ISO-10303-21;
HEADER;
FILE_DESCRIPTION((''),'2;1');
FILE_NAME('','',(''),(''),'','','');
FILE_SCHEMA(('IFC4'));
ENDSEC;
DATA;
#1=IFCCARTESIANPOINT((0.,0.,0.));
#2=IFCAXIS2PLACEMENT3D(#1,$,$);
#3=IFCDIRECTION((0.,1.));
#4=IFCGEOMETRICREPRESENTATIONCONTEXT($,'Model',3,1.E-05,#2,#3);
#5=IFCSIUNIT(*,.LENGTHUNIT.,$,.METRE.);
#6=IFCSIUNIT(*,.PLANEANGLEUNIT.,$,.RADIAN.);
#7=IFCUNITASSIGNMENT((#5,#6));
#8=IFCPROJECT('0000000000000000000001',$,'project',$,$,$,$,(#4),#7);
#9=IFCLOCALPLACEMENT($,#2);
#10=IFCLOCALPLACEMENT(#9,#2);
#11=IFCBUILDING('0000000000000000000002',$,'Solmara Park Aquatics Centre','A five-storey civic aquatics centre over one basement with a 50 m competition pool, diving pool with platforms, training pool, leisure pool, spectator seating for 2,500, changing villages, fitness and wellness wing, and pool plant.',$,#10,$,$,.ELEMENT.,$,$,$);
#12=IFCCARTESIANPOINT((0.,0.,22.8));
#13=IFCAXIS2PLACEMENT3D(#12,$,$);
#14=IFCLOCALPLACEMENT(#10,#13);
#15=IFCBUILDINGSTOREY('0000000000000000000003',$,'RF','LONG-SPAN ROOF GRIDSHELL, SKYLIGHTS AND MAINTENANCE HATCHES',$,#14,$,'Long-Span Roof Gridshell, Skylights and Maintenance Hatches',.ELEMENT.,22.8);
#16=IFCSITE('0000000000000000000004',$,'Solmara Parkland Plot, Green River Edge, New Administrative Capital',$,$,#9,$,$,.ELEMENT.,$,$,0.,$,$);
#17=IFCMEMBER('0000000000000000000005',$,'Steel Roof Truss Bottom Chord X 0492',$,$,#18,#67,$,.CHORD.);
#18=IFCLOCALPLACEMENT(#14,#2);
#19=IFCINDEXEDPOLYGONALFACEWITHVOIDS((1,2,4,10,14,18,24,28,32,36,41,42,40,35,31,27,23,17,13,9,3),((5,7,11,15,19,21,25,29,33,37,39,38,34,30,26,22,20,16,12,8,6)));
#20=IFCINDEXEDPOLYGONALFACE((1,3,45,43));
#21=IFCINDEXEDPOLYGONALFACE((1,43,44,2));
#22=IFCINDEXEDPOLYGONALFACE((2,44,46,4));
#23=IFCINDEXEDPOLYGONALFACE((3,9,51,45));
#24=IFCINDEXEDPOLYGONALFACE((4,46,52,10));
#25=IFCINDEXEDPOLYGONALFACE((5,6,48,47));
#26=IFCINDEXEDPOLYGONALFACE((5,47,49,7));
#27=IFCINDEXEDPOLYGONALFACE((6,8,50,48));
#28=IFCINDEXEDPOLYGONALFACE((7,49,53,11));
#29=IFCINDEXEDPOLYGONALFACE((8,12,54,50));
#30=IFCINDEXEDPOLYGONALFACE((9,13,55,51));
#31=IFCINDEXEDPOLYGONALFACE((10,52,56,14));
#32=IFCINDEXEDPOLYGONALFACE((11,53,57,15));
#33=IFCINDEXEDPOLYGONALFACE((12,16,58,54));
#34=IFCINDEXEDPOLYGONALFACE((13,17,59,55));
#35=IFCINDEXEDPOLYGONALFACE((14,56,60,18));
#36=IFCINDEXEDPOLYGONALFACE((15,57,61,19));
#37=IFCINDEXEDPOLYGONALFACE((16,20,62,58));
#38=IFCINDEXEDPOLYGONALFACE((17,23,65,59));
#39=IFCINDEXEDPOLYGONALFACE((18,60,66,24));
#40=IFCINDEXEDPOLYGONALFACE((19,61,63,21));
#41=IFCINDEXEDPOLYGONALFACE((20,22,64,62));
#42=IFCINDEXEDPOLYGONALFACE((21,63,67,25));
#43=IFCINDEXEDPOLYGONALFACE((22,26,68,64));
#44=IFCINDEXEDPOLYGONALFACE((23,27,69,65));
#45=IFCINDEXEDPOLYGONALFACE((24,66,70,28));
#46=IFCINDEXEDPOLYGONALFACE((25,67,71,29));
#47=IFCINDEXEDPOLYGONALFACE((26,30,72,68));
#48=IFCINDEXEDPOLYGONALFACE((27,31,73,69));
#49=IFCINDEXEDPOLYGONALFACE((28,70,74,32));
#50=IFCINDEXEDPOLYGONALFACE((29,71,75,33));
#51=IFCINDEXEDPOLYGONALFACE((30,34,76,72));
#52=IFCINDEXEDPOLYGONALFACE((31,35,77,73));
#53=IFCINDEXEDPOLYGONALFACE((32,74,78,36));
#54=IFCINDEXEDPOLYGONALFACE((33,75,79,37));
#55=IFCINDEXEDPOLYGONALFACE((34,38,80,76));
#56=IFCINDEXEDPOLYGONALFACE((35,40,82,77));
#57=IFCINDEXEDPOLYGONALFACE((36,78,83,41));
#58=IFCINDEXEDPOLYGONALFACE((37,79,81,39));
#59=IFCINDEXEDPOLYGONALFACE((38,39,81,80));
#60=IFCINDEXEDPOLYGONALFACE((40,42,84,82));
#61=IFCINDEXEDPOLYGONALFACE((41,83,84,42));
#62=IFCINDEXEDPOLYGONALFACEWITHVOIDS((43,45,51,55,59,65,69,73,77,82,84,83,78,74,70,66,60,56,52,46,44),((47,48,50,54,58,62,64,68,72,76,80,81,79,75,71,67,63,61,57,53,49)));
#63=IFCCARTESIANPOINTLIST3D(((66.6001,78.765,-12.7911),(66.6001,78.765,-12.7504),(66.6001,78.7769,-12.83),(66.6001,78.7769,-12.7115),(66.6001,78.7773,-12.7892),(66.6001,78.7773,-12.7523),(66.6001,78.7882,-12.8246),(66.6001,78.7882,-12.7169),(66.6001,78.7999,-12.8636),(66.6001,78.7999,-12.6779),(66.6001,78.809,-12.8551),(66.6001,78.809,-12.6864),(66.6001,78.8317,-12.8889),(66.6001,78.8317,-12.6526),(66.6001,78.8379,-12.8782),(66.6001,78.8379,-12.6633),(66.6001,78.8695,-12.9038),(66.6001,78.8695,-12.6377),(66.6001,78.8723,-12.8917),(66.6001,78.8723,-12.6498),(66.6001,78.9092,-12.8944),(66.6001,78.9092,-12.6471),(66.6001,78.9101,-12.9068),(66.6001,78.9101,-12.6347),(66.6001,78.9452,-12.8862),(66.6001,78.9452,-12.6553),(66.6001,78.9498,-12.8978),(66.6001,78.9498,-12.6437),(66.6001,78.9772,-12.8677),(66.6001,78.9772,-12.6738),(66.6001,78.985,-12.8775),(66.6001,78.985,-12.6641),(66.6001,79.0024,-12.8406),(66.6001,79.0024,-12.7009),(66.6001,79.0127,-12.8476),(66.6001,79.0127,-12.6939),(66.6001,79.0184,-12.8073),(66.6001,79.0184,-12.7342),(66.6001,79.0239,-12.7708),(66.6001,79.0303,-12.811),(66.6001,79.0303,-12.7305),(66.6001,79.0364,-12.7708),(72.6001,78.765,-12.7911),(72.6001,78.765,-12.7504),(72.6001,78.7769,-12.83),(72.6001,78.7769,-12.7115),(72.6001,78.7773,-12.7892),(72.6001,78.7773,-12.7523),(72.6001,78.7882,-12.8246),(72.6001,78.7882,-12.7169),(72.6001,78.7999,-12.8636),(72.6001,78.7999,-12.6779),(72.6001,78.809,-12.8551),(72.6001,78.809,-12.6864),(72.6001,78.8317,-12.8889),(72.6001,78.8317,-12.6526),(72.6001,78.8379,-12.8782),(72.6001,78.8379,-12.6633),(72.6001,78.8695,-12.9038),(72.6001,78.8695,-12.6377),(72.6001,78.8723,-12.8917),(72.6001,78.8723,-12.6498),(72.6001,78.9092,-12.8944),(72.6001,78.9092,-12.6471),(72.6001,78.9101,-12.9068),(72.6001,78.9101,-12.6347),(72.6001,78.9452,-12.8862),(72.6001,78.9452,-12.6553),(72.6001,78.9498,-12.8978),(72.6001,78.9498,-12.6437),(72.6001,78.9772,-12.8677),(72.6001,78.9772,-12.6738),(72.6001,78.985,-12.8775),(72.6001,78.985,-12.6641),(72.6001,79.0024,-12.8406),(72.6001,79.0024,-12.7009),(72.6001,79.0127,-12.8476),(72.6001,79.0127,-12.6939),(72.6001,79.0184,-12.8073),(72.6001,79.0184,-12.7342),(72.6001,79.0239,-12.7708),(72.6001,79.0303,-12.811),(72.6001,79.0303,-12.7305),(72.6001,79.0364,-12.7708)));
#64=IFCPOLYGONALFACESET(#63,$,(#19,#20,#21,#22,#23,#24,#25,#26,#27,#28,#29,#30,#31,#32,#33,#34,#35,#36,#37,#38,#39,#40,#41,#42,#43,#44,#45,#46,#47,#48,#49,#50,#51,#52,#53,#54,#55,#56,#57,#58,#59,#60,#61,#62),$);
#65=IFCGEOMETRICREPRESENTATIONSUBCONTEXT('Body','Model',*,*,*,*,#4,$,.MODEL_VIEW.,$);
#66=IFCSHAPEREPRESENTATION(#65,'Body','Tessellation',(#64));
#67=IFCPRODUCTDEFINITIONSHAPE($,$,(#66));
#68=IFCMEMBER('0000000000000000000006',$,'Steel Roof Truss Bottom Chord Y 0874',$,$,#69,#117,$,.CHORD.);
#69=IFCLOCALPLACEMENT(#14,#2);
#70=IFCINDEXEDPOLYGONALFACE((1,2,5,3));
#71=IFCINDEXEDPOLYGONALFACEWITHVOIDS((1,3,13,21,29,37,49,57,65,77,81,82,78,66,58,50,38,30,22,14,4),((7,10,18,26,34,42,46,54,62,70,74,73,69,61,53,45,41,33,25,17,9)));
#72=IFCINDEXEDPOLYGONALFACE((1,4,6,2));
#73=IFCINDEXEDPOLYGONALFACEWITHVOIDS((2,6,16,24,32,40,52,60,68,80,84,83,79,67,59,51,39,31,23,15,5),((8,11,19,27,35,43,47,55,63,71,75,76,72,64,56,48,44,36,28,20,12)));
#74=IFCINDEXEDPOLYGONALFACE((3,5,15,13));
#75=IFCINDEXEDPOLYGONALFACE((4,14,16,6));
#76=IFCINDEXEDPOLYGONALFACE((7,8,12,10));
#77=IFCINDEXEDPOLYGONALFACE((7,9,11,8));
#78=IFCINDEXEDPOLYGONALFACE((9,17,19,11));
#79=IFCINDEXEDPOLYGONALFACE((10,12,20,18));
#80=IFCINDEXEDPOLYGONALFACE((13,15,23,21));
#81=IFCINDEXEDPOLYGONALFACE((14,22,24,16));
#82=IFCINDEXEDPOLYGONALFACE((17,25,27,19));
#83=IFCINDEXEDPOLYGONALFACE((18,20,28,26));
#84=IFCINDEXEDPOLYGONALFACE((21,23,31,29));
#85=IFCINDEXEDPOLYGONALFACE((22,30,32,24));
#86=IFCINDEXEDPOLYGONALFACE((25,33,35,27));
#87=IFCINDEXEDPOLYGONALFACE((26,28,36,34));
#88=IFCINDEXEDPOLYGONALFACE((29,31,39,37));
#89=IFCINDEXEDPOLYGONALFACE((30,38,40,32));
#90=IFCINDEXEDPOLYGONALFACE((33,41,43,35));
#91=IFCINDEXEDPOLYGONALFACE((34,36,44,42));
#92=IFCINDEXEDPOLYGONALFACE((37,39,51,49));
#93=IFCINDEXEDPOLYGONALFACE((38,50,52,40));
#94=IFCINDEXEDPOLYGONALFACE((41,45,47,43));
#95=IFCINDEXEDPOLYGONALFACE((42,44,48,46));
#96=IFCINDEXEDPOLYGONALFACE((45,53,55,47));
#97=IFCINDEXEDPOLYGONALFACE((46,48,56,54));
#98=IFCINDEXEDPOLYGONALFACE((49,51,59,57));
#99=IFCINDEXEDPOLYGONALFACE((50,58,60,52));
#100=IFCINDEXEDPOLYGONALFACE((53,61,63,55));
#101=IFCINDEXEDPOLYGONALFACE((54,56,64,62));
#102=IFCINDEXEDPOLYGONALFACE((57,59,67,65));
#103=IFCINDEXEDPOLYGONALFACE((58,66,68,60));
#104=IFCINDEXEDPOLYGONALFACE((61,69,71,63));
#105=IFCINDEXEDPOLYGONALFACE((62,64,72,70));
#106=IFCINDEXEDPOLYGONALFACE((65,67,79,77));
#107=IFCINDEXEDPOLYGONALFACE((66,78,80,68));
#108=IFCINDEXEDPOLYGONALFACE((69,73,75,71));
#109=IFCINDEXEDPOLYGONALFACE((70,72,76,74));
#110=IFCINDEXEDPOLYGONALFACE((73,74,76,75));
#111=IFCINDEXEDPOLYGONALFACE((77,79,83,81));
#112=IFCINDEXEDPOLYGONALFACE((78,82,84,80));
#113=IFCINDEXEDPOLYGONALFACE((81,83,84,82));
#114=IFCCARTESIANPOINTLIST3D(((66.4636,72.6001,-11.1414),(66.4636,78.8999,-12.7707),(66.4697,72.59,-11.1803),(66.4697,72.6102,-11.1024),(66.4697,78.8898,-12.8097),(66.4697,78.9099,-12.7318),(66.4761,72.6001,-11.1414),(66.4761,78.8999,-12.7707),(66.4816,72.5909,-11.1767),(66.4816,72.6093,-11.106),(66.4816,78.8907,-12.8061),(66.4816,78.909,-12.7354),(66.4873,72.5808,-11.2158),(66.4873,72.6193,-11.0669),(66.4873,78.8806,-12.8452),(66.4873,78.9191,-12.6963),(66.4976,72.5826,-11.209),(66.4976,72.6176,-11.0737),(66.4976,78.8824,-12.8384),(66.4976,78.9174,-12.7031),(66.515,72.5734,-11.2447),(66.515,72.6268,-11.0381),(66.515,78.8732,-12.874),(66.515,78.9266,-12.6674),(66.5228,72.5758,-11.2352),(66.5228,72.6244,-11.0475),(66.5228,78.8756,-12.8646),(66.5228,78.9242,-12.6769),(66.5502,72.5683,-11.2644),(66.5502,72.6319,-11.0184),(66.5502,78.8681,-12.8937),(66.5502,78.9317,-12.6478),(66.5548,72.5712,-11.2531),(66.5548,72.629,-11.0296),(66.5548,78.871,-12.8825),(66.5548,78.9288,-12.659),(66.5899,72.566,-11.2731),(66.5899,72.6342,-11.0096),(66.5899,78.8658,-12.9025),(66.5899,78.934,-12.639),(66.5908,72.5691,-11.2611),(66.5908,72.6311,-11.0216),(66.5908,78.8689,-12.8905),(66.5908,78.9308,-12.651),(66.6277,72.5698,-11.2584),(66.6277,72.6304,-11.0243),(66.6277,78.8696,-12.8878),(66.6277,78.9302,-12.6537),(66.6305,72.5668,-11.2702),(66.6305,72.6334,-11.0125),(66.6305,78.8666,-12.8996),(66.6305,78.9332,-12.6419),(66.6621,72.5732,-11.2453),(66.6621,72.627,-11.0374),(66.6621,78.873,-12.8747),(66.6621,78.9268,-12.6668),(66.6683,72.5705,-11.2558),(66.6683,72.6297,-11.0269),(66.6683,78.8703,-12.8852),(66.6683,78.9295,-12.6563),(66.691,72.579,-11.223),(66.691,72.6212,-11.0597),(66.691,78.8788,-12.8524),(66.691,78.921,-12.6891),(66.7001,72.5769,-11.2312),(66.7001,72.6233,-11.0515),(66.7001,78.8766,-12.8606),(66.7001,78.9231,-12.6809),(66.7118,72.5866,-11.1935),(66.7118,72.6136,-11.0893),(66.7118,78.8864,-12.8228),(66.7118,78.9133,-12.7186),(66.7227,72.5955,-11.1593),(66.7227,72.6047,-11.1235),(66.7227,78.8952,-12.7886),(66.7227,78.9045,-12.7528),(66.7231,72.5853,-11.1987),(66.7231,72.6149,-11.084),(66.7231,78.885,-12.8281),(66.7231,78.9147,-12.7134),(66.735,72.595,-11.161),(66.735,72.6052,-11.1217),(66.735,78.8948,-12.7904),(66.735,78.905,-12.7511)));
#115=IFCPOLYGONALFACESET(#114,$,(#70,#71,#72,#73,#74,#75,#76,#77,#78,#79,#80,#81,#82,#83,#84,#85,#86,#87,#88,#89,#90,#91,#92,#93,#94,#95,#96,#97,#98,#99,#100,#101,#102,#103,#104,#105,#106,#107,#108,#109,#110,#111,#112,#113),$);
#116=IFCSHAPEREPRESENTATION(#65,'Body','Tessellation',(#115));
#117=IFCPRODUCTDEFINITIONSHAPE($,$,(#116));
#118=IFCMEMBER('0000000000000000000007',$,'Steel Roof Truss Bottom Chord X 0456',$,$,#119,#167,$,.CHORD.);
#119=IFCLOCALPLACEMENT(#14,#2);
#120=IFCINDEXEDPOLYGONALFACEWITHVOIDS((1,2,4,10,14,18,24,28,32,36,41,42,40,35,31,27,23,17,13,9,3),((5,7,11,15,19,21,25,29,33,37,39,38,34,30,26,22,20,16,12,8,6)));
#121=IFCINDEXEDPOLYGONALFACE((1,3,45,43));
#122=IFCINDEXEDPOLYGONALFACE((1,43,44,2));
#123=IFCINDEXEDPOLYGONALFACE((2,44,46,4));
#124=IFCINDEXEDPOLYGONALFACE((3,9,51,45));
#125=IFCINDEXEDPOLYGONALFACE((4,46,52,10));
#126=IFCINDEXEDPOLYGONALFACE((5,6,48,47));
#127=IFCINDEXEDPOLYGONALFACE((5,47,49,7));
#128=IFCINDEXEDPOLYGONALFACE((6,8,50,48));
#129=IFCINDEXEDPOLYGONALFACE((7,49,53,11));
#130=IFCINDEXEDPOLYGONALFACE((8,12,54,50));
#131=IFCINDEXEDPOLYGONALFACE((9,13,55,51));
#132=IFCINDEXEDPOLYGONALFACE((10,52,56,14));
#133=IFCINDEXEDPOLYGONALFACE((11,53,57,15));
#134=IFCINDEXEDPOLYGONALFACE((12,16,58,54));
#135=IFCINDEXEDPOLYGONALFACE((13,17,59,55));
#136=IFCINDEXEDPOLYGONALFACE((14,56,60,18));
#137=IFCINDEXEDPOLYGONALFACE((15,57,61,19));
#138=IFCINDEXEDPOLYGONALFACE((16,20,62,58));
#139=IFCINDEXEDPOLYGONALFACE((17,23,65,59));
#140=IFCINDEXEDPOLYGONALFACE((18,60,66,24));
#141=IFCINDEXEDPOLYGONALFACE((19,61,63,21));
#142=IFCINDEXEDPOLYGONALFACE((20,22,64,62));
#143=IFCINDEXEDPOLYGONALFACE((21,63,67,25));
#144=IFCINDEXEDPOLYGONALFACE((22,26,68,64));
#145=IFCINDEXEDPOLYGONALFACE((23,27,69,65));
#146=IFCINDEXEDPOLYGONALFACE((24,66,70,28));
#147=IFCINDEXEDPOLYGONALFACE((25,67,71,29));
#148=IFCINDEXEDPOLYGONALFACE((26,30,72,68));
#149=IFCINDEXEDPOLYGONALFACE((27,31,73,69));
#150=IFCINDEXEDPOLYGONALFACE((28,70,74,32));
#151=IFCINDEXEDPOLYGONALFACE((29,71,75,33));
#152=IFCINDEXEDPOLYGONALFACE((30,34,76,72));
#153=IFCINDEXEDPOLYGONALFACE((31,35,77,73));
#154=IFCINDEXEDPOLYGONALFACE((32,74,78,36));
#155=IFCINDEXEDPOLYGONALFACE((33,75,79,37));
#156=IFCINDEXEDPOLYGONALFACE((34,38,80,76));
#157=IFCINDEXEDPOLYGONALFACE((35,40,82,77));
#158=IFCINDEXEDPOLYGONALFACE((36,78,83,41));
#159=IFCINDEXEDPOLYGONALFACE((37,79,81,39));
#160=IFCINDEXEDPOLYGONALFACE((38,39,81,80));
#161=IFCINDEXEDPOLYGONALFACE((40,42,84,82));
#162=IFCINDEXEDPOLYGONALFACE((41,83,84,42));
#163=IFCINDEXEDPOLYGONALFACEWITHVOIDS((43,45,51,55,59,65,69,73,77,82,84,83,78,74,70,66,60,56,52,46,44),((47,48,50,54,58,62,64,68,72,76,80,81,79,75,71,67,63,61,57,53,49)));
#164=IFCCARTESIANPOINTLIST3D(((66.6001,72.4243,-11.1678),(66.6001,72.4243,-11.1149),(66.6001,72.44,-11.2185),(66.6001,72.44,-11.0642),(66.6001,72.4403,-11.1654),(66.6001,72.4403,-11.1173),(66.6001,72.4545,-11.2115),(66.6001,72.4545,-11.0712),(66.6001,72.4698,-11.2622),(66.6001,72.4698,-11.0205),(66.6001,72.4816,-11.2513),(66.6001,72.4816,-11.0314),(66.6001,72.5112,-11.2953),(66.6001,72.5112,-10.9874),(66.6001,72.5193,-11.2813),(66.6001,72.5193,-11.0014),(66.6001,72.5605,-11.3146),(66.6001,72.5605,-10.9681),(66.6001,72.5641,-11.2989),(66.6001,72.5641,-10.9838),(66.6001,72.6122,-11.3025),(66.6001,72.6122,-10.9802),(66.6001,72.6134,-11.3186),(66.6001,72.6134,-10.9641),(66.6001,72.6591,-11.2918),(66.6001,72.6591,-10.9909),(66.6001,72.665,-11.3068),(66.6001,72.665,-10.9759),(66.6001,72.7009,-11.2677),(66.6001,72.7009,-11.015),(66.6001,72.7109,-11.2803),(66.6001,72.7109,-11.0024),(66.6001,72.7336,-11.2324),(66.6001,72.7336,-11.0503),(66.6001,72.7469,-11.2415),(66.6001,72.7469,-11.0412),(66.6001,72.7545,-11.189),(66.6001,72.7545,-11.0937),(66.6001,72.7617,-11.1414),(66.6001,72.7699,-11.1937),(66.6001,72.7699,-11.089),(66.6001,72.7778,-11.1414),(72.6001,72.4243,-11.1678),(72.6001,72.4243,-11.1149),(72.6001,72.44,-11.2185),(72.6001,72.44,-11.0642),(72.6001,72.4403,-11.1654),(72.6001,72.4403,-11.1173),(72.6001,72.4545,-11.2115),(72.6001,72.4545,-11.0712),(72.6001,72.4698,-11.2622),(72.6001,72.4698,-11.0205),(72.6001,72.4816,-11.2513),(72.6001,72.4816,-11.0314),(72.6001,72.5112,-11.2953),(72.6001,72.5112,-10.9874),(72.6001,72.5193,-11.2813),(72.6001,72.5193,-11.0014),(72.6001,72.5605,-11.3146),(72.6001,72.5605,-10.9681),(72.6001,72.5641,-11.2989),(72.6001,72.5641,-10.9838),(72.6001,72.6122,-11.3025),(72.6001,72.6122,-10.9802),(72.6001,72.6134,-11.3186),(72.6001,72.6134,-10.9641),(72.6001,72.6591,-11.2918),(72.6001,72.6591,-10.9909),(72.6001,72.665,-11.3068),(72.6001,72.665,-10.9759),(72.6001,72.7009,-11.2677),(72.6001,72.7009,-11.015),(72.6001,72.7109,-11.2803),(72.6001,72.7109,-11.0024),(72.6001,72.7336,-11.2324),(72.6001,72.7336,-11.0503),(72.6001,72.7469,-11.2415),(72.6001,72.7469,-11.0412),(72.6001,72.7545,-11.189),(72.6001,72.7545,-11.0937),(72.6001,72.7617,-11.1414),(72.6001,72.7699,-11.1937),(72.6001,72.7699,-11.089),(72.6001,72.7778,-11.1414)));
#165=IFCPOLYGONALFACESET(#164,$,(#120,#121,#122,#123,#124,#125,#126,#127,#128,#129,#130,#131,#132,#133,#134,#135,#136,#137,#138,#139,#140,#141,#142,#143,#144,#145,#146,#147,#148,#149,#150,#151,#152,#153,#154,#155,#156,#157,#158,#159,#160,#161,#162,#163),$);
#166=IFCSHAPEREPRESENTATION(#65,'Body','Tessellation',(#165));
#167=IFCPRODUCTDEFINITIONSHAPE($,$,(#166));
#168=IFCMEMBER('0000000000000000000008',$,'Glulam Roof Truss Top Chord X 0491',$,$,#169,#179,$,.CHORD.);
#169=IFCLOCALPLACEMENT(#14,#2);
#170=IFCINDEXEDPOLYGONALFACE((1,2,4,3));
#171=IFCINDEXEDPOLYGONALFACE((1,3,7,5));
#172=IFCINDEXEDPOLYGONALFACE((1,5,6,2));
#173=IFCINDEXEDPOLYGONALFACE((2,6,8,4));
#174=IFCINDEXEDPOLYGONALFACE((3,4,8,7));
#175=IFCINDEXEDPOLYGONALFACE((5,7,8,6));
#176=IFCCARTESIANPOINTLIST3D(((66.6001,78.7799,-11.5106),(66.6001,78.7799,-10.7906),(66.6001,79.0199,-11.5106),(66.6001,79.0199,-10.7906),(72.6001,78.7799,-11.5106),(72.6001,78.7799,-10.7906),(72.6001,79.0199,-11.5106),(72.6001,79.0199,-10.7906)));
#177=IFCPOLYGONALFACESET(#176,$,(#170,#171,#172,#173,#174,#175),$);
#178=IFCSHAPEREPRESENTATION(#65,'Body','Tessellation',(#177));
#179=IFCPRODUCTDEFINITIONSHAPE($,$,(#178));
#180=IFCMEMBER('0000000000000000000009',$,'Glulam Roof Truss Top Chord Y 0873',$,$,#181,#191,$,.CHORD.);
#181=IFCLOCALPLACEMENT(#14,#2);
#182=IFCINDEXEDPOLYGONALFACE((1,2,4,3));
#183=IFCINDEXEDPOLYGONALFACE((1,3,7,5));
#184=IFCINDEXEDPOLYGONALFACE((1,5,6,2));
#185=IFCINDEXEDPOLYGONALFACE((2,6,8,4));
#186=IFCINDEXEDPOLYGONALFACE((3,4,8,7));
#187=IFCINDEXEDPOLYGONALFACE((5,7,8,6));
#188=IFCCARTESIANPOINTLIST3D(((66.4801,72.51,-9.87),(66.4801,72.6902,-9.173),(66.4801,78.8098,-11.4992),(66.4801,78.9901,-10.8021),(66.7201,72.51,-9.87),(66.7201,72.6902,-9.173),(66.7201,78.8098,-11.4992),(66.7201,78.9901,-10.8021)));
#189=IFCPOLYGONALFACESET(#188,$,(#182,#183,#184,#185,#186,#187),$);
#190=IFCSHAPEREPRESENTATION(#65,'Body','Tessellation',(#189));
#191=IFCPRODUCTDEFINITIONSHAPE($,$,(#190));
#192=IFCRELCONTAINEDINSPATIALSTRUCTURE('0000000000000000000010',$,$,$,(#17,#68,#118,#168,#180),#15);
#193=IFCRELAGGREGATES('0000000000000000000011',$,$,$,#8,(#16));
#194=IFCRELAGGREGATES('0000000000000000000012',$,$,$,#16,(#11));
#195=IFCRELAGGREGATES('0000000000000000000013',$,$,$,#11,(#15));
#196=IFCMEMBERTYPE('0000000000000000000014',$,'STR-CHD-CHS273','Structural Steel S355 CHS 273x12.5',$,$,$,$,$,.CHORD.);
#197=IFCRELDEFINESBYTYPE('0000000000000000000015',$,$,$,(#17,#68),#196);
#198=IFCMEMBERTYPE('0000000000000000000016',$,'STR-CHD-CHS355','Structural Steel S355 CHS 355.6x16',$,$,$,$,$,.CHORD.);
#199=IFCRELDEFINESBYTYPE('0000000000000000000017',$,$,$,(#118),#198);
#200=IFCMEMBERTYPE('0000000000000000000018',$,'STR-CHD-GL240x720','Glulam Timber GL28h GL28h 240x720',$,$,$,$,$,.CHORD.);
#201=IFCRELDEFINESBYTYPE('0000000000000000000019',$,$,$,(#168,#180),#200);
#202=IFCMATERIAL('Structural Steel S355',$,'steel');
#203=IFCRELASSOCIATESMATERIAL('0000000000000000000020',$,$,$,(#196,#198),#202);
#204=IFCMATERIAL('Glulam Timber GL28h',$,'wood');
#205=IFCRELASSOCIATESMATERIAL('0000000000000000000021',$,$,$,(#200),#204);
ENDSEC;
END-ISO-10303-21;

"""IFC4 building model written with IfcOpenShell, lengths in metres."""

from ifc_helpers import new_model, si_unit, direction, frame, origin, origin_2d, place, context, subcontext, project, spatial, rectangle, hollow_circle, extrude, material, material_profile, profile_set, type_object, element, save


model = new_model("IFC4")

# Units and contexts
model_context = context("Model", 3, precision=1e-05, world=origin(), true_north=direction((0.0, 1.0)))
body_context = subcontext(model_context, "Body", "Model", "MODEL_VIEW")
ifc_project = project(units=[si_unit("LENGTHUNIT", "METRE"), si_unit("PLANEANGLEUNIT", "RADIAN")], contexts=[model_context])

# Site, building, storey
site_placement = place(None, origin())
site = spatial("IfcSite", under=ifc_project, at=site_placement, Name="Solmara Parkland Plot, Green River Edge, New Administrative Capital", CompositionType="ELEMENT", RefElevation=0.0)
building_placement = place(site_placement, origin())
building = spatial("IfcBuilding", under=site, at=building_placement, Name="Solmara Park Aquatics Centre", Description="A five-storey civic aquatics centre over one basement with a 50 m competition pool, diving pool with platforms, training pool, leisure pool, spectator seating for 2,500, changing villages, fitness and wellness wing, and pool plant.", CompositionType="ELEMENT")
storey_placement = place(building_placement, frame((0.0, 0.0, 22.8)))
storey = spatial("IfcBuildingStorey", under=building, at=storey_placement, Name="RF", Description="LONG-SPAN ROOF GRIDSHELL, SKYLIGHTS AND MAINTENANCE HATCHES", LongName="Long-Span Roof Gridshell, Skylights and Maintenance Hatches", CompositionType="ELEMENT", Elevation=22.8)

# Members
ifc_material_1 = material(Name="Structural Steel S355", Category="steel")
ifc_material_profile_1 = material_profile(ifc_material_1, hollow_circle(Radius=0.1365, WallThickness=0.0125, at=origin_2d()), Name="CHS 273x12.5")
ifc_profile_set_1 = profile_set([ifc_material_profile_1], Name="Structural Steel S355")
member_type_1 = type_object("IfcMemberType", Name="STR-CHD-CHS273", Description="Structural Steel S355 CHS 273x12.5", PredefinedType="CHORD", material=ifc_profile_set_1)
member_1_placement = place(storey_placement, frame((66.6001, 78.8999, -12.7708), z_axis=(1.0, 0.0, 0.0), x_axis=(0.0, 1.0, 0.0)))
element("IfcMember", 1, at=member_1_placement, inside=storey, type_object=member_type_1, Name="Steel Roof Truss Bottom Chord X 0492", PredefinedType="CHORD", context=body_context, shape_type="SweptSolid", body=[
    extrude(hollow_circle(Radius=0.1365, WallThickness=0.0125, at=origin_2d()), origin(), (0.0, 0.0, 1.0), 6.0),
])
member_2_placement = place(storey_placement, frame((66.6001, 72.6001, -11.1414), z_axis=(0.0, 0.968142, -0.250402), x_axis=(-1.0, 0.0, 0.0)))
element("IfcMember", 2, at=member_2_placement, inside=storey, type_object=member_type_1, Name="Steel Roof Truss Bottom Chord Y 0874", PredefinedType="CHORD", context=body_context, shape_type="SweptSolid", body=[
    extrude(hollow_circle(Radius=0.1365, WallThickness=0.0125, at=origin_2d()), origin(), (0.0, 0.0, 1.0), 6.5071),
])
ifc_material_profile_2 = material_profile(ifc_material_1, hollow_circle(Radius=0.1777, WallThickness=0.0161, at=origin_2d()), Name="CHS 355.6x16")
ifc_profile_set_2 = profile_set([ifc_material_profile_2], Name="Structural Steel S355")
member_type_2 = type_object("IfcMemberType", Name="STR-CHD-CHS355", Description="Structural Steel S355 CHS 355.6x16", PredefinedType="CHORD", material=ifc_profile_set_2)
member_3_placement = place(storey_placement, frame((66.6001, 72.6001, -11.1414), z_axis=(1.0, 0.0, 0.0), x_axis=(0.0, 1.0, 0.0)))
element("IfcMember", 3, at=member_3_placement, inside=storey, type_object=member_type_2, Name="Steel Roof Truss Bottom Chord X 0456", PredefinedType="CHORD", context=body_context, shape_type="SweptSolid", body=[
    extrude(hollow_circle(Radius=0.1777, WallThickness=0.0161, at=origin_2d()), origin(), (0.0, 0.0, 1.0), 6.0),
])
ifc_material_2 = material(Name="Glulam Timber GL28h", Category="wood")
ifc_material_profile_3 = material_profile(ifc_material_2, rectangle(XDim=0.24, YDim=0.72, at=origin_2d()), Name="GL28h 240x720")
ifc_profile_set_3 = profile_set([ifc_material_profile_3], Name="Glulam Timber GL28h")
member_type_3 = type_object("IfcMemberType", Name="STR-CHD-GL240x720", Description="Glulam Timber GL28h GL28h 240x720", PredefinedType="CHORD", material=ifc_profile_set_3)
member_4_placement = place(storey_placement, frame((66.6001, 78.8999, -11.1506), z_axis=(1.0, 0.0, 0.0), x_axis=(0.0, 1.0, 0.0)))
element("IfcMember", 4, at=member_4_placement, inside=storey, type_object=member_type_3, Name="Glulam Roof Truss Top Chord X 0491", PredefinedType="CHORD", context=body_context, shape_type="SweptSolid", body=[
    extrude(rectangle(XDim=0.24, YDim=0.72, at=origin_2d()), origin(), (0.0, 0.0, 1.0), 6.0),
])
member_5_placement = place(storey_placement, frame((66.6001, 72.6001, -9.5215), z_axis=(0.0, 0.968151, -0.250367), x_axis=(-1.0, 0.0, 0.0)))
element("IfcMember", 5, at=member_5_placement, inside=storey, type_object=member_type_3, Name="Glulam Roof Truss Top Chord Y 0873", PredefinedType="CHORD", context=body_context, shape_type="SweptSolid", body=[
    extrude(rectangle(XDim=0.24, YDim=0.72, at=origin_2d()), origin(), (0.0, 0.0, 1.0), 6.5071),
])

save(model, "model.ifc")
